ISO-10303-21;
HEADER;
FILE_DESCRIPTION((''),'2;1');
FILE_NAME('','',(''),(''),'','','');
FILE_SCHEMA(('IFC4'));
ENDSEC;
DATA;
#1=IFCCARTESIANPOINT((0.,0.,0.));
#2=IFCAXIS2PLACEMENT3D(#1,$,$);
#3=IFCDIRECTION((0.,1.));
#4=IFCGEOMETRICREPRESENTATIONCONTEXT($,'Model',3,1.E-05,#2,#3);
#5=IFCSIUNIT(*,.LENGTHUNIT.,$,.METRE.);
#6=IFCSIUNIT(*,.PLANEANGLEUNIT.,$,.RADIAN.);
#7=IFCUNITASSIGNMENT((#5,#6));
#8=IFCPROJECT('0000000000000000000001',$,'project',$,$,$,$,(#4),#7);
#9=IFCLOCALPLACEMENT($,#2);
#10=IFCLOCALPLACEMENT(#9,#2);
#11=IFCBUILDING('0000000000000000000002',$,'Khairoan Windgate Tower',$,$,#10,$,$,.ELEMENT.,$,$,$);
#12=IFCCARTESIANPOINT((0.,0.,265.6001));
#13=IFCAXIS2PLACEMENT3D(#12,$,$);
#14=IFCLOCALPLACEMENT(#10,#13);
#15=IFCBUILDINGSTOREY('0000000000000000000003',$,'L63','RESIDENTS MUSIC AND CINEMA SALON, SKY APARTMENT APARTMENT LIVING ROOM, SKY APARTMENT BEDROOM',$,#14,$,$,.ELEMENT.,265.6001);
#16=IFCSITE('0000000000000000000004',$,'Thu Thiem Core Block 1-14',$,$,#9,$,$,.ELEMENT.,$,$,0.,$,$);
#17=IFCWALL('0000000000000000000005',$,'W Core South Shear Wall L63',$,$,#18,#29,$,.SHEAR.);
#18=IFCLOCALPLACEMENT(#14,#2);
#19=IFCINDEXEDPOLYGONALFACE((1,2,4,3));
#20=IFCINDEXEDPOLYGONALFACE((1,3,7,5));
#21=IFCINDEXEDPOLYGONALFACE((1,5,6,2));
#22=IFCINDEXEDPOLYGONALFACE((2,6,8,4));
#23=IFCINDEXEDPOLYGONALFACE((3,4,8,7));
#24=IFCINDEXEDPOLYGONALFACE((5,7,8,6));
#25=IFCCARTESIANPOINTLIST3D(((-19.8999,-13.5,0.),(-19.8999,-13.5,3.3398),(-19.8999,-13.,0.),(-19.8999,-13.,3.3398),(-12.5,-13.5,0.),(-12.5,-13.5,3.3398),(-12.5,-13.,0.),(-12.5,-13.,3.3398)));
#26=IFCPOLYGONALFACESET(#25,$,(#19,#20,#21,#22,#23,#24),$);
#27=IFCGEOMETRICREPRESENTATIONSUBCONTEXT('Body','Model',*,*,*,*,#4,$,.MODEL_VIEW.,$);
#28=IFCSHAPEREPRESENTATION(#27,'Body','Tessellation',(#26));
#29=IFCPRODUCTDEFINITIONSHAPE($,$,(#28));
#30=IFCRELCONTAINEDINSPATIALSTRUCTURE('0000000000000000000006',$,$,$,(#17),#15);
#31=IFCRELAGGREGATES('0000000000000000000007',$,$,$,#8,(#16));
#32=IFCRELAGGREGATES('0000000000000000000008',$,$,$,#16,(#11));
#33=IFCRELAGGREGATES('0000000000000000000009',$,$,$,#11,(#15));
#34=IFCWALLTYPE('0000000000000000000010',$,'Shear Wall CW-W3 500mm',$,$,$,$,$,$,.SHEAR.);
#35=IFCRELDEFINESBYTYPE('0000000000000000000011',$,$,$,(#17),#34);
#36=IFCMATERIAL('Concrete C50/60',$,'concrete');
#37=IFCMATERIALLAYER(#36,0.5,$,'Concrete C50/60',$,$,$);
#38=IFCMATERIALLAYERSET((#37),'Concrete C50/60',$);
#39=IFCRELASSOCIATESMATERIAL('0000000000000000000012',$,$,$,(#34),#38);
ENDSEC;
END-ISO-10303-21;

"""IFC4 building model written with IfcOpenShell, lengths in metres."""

from ifc_helpers import new_model, si_unit, direction, frame, frame_2d, origin, place, context, subcontext, project, spatial, rectangle, extrude, material, layer, layer_set, type_object, element, save


model = new_model("IFC4")

# Units and contexts
model_context = context("Model", 3, precision=1e-05, world=origin(), true_north=direction((0.0, 1.0)))
body_context = subcontext(model_context, "Body", "Model", "MODEL_VIEW")
ifc_project = project(units=[si_unit("LENGTHUNIT", "METRE"), si_unit("PLANEANGLEUNIT", "RADIAN")], contexts=[model_context])

# Site, building, storey
site_placement = place(None, origin())
site = spatial("IfcSite", under=ifc_project, at=site_placement, Name="Thu Thiem Core Block 1-14", CompositionType="ELEMENT", RefElevation=0.0)
building_placement = place(site_placement, origin())
building = spatial("IfcBuilding", under=site, at=building_placement, Name="Khairoan Windgate Tower", CompositionType="ELEMENT")
storey_placement = place(building_placement, frame((0.0, 0.0, 265.6001)))
storey = spatial("IfcBuildingStorey", under=building, at=storey_placement, Name="L63", Description="RESIDENTS MUSIC AND CINEMA SALON, SKY APARTMENT APARTMENT LIVING ROOM, SKY APARTMENT BEDROOM", CompositionType="ELEMENT", Elevation=265.6001)

# Wall
ifc_material_1 = material(Name="Concrete C50/60", Category="concrete")
ifc_layer_1 = layer(ifc_material_1, 0.5, Name="Concrete C50/60")
ifc_layer_set_1 = layer_set([ifc_layer_1], Name="Concrete C50/60")
wall_type_1 = type_object("IfcWallType", Name="Shear Wall CW-W3 500mm", PredefinedType="SHEAR", material=ifc_layer_set_1)
wall_1_placement = place(storey_placement, frame((-19.8999, -13.25, 0.0), z_axis=(0.0, 0.0, 1.0), x_axis=(1.0, 0.0, 0.0)))
element("IfcWall", 1, at=wall_1_placement, inside=storey, type_object=wall_type_1, Name="W Core South Shear Wall L63", PredefinedType="SHEAR", context=body_context, shape_type="SweptSolid", body=[
    extrude(rectangle(XDim=7.3999, YDim=0.5, at=frame_2d((3.7, 0.0))), origin(), (0.0, 0.0, 1.0), 3.3398),
])

save(model, "model.ifc")
